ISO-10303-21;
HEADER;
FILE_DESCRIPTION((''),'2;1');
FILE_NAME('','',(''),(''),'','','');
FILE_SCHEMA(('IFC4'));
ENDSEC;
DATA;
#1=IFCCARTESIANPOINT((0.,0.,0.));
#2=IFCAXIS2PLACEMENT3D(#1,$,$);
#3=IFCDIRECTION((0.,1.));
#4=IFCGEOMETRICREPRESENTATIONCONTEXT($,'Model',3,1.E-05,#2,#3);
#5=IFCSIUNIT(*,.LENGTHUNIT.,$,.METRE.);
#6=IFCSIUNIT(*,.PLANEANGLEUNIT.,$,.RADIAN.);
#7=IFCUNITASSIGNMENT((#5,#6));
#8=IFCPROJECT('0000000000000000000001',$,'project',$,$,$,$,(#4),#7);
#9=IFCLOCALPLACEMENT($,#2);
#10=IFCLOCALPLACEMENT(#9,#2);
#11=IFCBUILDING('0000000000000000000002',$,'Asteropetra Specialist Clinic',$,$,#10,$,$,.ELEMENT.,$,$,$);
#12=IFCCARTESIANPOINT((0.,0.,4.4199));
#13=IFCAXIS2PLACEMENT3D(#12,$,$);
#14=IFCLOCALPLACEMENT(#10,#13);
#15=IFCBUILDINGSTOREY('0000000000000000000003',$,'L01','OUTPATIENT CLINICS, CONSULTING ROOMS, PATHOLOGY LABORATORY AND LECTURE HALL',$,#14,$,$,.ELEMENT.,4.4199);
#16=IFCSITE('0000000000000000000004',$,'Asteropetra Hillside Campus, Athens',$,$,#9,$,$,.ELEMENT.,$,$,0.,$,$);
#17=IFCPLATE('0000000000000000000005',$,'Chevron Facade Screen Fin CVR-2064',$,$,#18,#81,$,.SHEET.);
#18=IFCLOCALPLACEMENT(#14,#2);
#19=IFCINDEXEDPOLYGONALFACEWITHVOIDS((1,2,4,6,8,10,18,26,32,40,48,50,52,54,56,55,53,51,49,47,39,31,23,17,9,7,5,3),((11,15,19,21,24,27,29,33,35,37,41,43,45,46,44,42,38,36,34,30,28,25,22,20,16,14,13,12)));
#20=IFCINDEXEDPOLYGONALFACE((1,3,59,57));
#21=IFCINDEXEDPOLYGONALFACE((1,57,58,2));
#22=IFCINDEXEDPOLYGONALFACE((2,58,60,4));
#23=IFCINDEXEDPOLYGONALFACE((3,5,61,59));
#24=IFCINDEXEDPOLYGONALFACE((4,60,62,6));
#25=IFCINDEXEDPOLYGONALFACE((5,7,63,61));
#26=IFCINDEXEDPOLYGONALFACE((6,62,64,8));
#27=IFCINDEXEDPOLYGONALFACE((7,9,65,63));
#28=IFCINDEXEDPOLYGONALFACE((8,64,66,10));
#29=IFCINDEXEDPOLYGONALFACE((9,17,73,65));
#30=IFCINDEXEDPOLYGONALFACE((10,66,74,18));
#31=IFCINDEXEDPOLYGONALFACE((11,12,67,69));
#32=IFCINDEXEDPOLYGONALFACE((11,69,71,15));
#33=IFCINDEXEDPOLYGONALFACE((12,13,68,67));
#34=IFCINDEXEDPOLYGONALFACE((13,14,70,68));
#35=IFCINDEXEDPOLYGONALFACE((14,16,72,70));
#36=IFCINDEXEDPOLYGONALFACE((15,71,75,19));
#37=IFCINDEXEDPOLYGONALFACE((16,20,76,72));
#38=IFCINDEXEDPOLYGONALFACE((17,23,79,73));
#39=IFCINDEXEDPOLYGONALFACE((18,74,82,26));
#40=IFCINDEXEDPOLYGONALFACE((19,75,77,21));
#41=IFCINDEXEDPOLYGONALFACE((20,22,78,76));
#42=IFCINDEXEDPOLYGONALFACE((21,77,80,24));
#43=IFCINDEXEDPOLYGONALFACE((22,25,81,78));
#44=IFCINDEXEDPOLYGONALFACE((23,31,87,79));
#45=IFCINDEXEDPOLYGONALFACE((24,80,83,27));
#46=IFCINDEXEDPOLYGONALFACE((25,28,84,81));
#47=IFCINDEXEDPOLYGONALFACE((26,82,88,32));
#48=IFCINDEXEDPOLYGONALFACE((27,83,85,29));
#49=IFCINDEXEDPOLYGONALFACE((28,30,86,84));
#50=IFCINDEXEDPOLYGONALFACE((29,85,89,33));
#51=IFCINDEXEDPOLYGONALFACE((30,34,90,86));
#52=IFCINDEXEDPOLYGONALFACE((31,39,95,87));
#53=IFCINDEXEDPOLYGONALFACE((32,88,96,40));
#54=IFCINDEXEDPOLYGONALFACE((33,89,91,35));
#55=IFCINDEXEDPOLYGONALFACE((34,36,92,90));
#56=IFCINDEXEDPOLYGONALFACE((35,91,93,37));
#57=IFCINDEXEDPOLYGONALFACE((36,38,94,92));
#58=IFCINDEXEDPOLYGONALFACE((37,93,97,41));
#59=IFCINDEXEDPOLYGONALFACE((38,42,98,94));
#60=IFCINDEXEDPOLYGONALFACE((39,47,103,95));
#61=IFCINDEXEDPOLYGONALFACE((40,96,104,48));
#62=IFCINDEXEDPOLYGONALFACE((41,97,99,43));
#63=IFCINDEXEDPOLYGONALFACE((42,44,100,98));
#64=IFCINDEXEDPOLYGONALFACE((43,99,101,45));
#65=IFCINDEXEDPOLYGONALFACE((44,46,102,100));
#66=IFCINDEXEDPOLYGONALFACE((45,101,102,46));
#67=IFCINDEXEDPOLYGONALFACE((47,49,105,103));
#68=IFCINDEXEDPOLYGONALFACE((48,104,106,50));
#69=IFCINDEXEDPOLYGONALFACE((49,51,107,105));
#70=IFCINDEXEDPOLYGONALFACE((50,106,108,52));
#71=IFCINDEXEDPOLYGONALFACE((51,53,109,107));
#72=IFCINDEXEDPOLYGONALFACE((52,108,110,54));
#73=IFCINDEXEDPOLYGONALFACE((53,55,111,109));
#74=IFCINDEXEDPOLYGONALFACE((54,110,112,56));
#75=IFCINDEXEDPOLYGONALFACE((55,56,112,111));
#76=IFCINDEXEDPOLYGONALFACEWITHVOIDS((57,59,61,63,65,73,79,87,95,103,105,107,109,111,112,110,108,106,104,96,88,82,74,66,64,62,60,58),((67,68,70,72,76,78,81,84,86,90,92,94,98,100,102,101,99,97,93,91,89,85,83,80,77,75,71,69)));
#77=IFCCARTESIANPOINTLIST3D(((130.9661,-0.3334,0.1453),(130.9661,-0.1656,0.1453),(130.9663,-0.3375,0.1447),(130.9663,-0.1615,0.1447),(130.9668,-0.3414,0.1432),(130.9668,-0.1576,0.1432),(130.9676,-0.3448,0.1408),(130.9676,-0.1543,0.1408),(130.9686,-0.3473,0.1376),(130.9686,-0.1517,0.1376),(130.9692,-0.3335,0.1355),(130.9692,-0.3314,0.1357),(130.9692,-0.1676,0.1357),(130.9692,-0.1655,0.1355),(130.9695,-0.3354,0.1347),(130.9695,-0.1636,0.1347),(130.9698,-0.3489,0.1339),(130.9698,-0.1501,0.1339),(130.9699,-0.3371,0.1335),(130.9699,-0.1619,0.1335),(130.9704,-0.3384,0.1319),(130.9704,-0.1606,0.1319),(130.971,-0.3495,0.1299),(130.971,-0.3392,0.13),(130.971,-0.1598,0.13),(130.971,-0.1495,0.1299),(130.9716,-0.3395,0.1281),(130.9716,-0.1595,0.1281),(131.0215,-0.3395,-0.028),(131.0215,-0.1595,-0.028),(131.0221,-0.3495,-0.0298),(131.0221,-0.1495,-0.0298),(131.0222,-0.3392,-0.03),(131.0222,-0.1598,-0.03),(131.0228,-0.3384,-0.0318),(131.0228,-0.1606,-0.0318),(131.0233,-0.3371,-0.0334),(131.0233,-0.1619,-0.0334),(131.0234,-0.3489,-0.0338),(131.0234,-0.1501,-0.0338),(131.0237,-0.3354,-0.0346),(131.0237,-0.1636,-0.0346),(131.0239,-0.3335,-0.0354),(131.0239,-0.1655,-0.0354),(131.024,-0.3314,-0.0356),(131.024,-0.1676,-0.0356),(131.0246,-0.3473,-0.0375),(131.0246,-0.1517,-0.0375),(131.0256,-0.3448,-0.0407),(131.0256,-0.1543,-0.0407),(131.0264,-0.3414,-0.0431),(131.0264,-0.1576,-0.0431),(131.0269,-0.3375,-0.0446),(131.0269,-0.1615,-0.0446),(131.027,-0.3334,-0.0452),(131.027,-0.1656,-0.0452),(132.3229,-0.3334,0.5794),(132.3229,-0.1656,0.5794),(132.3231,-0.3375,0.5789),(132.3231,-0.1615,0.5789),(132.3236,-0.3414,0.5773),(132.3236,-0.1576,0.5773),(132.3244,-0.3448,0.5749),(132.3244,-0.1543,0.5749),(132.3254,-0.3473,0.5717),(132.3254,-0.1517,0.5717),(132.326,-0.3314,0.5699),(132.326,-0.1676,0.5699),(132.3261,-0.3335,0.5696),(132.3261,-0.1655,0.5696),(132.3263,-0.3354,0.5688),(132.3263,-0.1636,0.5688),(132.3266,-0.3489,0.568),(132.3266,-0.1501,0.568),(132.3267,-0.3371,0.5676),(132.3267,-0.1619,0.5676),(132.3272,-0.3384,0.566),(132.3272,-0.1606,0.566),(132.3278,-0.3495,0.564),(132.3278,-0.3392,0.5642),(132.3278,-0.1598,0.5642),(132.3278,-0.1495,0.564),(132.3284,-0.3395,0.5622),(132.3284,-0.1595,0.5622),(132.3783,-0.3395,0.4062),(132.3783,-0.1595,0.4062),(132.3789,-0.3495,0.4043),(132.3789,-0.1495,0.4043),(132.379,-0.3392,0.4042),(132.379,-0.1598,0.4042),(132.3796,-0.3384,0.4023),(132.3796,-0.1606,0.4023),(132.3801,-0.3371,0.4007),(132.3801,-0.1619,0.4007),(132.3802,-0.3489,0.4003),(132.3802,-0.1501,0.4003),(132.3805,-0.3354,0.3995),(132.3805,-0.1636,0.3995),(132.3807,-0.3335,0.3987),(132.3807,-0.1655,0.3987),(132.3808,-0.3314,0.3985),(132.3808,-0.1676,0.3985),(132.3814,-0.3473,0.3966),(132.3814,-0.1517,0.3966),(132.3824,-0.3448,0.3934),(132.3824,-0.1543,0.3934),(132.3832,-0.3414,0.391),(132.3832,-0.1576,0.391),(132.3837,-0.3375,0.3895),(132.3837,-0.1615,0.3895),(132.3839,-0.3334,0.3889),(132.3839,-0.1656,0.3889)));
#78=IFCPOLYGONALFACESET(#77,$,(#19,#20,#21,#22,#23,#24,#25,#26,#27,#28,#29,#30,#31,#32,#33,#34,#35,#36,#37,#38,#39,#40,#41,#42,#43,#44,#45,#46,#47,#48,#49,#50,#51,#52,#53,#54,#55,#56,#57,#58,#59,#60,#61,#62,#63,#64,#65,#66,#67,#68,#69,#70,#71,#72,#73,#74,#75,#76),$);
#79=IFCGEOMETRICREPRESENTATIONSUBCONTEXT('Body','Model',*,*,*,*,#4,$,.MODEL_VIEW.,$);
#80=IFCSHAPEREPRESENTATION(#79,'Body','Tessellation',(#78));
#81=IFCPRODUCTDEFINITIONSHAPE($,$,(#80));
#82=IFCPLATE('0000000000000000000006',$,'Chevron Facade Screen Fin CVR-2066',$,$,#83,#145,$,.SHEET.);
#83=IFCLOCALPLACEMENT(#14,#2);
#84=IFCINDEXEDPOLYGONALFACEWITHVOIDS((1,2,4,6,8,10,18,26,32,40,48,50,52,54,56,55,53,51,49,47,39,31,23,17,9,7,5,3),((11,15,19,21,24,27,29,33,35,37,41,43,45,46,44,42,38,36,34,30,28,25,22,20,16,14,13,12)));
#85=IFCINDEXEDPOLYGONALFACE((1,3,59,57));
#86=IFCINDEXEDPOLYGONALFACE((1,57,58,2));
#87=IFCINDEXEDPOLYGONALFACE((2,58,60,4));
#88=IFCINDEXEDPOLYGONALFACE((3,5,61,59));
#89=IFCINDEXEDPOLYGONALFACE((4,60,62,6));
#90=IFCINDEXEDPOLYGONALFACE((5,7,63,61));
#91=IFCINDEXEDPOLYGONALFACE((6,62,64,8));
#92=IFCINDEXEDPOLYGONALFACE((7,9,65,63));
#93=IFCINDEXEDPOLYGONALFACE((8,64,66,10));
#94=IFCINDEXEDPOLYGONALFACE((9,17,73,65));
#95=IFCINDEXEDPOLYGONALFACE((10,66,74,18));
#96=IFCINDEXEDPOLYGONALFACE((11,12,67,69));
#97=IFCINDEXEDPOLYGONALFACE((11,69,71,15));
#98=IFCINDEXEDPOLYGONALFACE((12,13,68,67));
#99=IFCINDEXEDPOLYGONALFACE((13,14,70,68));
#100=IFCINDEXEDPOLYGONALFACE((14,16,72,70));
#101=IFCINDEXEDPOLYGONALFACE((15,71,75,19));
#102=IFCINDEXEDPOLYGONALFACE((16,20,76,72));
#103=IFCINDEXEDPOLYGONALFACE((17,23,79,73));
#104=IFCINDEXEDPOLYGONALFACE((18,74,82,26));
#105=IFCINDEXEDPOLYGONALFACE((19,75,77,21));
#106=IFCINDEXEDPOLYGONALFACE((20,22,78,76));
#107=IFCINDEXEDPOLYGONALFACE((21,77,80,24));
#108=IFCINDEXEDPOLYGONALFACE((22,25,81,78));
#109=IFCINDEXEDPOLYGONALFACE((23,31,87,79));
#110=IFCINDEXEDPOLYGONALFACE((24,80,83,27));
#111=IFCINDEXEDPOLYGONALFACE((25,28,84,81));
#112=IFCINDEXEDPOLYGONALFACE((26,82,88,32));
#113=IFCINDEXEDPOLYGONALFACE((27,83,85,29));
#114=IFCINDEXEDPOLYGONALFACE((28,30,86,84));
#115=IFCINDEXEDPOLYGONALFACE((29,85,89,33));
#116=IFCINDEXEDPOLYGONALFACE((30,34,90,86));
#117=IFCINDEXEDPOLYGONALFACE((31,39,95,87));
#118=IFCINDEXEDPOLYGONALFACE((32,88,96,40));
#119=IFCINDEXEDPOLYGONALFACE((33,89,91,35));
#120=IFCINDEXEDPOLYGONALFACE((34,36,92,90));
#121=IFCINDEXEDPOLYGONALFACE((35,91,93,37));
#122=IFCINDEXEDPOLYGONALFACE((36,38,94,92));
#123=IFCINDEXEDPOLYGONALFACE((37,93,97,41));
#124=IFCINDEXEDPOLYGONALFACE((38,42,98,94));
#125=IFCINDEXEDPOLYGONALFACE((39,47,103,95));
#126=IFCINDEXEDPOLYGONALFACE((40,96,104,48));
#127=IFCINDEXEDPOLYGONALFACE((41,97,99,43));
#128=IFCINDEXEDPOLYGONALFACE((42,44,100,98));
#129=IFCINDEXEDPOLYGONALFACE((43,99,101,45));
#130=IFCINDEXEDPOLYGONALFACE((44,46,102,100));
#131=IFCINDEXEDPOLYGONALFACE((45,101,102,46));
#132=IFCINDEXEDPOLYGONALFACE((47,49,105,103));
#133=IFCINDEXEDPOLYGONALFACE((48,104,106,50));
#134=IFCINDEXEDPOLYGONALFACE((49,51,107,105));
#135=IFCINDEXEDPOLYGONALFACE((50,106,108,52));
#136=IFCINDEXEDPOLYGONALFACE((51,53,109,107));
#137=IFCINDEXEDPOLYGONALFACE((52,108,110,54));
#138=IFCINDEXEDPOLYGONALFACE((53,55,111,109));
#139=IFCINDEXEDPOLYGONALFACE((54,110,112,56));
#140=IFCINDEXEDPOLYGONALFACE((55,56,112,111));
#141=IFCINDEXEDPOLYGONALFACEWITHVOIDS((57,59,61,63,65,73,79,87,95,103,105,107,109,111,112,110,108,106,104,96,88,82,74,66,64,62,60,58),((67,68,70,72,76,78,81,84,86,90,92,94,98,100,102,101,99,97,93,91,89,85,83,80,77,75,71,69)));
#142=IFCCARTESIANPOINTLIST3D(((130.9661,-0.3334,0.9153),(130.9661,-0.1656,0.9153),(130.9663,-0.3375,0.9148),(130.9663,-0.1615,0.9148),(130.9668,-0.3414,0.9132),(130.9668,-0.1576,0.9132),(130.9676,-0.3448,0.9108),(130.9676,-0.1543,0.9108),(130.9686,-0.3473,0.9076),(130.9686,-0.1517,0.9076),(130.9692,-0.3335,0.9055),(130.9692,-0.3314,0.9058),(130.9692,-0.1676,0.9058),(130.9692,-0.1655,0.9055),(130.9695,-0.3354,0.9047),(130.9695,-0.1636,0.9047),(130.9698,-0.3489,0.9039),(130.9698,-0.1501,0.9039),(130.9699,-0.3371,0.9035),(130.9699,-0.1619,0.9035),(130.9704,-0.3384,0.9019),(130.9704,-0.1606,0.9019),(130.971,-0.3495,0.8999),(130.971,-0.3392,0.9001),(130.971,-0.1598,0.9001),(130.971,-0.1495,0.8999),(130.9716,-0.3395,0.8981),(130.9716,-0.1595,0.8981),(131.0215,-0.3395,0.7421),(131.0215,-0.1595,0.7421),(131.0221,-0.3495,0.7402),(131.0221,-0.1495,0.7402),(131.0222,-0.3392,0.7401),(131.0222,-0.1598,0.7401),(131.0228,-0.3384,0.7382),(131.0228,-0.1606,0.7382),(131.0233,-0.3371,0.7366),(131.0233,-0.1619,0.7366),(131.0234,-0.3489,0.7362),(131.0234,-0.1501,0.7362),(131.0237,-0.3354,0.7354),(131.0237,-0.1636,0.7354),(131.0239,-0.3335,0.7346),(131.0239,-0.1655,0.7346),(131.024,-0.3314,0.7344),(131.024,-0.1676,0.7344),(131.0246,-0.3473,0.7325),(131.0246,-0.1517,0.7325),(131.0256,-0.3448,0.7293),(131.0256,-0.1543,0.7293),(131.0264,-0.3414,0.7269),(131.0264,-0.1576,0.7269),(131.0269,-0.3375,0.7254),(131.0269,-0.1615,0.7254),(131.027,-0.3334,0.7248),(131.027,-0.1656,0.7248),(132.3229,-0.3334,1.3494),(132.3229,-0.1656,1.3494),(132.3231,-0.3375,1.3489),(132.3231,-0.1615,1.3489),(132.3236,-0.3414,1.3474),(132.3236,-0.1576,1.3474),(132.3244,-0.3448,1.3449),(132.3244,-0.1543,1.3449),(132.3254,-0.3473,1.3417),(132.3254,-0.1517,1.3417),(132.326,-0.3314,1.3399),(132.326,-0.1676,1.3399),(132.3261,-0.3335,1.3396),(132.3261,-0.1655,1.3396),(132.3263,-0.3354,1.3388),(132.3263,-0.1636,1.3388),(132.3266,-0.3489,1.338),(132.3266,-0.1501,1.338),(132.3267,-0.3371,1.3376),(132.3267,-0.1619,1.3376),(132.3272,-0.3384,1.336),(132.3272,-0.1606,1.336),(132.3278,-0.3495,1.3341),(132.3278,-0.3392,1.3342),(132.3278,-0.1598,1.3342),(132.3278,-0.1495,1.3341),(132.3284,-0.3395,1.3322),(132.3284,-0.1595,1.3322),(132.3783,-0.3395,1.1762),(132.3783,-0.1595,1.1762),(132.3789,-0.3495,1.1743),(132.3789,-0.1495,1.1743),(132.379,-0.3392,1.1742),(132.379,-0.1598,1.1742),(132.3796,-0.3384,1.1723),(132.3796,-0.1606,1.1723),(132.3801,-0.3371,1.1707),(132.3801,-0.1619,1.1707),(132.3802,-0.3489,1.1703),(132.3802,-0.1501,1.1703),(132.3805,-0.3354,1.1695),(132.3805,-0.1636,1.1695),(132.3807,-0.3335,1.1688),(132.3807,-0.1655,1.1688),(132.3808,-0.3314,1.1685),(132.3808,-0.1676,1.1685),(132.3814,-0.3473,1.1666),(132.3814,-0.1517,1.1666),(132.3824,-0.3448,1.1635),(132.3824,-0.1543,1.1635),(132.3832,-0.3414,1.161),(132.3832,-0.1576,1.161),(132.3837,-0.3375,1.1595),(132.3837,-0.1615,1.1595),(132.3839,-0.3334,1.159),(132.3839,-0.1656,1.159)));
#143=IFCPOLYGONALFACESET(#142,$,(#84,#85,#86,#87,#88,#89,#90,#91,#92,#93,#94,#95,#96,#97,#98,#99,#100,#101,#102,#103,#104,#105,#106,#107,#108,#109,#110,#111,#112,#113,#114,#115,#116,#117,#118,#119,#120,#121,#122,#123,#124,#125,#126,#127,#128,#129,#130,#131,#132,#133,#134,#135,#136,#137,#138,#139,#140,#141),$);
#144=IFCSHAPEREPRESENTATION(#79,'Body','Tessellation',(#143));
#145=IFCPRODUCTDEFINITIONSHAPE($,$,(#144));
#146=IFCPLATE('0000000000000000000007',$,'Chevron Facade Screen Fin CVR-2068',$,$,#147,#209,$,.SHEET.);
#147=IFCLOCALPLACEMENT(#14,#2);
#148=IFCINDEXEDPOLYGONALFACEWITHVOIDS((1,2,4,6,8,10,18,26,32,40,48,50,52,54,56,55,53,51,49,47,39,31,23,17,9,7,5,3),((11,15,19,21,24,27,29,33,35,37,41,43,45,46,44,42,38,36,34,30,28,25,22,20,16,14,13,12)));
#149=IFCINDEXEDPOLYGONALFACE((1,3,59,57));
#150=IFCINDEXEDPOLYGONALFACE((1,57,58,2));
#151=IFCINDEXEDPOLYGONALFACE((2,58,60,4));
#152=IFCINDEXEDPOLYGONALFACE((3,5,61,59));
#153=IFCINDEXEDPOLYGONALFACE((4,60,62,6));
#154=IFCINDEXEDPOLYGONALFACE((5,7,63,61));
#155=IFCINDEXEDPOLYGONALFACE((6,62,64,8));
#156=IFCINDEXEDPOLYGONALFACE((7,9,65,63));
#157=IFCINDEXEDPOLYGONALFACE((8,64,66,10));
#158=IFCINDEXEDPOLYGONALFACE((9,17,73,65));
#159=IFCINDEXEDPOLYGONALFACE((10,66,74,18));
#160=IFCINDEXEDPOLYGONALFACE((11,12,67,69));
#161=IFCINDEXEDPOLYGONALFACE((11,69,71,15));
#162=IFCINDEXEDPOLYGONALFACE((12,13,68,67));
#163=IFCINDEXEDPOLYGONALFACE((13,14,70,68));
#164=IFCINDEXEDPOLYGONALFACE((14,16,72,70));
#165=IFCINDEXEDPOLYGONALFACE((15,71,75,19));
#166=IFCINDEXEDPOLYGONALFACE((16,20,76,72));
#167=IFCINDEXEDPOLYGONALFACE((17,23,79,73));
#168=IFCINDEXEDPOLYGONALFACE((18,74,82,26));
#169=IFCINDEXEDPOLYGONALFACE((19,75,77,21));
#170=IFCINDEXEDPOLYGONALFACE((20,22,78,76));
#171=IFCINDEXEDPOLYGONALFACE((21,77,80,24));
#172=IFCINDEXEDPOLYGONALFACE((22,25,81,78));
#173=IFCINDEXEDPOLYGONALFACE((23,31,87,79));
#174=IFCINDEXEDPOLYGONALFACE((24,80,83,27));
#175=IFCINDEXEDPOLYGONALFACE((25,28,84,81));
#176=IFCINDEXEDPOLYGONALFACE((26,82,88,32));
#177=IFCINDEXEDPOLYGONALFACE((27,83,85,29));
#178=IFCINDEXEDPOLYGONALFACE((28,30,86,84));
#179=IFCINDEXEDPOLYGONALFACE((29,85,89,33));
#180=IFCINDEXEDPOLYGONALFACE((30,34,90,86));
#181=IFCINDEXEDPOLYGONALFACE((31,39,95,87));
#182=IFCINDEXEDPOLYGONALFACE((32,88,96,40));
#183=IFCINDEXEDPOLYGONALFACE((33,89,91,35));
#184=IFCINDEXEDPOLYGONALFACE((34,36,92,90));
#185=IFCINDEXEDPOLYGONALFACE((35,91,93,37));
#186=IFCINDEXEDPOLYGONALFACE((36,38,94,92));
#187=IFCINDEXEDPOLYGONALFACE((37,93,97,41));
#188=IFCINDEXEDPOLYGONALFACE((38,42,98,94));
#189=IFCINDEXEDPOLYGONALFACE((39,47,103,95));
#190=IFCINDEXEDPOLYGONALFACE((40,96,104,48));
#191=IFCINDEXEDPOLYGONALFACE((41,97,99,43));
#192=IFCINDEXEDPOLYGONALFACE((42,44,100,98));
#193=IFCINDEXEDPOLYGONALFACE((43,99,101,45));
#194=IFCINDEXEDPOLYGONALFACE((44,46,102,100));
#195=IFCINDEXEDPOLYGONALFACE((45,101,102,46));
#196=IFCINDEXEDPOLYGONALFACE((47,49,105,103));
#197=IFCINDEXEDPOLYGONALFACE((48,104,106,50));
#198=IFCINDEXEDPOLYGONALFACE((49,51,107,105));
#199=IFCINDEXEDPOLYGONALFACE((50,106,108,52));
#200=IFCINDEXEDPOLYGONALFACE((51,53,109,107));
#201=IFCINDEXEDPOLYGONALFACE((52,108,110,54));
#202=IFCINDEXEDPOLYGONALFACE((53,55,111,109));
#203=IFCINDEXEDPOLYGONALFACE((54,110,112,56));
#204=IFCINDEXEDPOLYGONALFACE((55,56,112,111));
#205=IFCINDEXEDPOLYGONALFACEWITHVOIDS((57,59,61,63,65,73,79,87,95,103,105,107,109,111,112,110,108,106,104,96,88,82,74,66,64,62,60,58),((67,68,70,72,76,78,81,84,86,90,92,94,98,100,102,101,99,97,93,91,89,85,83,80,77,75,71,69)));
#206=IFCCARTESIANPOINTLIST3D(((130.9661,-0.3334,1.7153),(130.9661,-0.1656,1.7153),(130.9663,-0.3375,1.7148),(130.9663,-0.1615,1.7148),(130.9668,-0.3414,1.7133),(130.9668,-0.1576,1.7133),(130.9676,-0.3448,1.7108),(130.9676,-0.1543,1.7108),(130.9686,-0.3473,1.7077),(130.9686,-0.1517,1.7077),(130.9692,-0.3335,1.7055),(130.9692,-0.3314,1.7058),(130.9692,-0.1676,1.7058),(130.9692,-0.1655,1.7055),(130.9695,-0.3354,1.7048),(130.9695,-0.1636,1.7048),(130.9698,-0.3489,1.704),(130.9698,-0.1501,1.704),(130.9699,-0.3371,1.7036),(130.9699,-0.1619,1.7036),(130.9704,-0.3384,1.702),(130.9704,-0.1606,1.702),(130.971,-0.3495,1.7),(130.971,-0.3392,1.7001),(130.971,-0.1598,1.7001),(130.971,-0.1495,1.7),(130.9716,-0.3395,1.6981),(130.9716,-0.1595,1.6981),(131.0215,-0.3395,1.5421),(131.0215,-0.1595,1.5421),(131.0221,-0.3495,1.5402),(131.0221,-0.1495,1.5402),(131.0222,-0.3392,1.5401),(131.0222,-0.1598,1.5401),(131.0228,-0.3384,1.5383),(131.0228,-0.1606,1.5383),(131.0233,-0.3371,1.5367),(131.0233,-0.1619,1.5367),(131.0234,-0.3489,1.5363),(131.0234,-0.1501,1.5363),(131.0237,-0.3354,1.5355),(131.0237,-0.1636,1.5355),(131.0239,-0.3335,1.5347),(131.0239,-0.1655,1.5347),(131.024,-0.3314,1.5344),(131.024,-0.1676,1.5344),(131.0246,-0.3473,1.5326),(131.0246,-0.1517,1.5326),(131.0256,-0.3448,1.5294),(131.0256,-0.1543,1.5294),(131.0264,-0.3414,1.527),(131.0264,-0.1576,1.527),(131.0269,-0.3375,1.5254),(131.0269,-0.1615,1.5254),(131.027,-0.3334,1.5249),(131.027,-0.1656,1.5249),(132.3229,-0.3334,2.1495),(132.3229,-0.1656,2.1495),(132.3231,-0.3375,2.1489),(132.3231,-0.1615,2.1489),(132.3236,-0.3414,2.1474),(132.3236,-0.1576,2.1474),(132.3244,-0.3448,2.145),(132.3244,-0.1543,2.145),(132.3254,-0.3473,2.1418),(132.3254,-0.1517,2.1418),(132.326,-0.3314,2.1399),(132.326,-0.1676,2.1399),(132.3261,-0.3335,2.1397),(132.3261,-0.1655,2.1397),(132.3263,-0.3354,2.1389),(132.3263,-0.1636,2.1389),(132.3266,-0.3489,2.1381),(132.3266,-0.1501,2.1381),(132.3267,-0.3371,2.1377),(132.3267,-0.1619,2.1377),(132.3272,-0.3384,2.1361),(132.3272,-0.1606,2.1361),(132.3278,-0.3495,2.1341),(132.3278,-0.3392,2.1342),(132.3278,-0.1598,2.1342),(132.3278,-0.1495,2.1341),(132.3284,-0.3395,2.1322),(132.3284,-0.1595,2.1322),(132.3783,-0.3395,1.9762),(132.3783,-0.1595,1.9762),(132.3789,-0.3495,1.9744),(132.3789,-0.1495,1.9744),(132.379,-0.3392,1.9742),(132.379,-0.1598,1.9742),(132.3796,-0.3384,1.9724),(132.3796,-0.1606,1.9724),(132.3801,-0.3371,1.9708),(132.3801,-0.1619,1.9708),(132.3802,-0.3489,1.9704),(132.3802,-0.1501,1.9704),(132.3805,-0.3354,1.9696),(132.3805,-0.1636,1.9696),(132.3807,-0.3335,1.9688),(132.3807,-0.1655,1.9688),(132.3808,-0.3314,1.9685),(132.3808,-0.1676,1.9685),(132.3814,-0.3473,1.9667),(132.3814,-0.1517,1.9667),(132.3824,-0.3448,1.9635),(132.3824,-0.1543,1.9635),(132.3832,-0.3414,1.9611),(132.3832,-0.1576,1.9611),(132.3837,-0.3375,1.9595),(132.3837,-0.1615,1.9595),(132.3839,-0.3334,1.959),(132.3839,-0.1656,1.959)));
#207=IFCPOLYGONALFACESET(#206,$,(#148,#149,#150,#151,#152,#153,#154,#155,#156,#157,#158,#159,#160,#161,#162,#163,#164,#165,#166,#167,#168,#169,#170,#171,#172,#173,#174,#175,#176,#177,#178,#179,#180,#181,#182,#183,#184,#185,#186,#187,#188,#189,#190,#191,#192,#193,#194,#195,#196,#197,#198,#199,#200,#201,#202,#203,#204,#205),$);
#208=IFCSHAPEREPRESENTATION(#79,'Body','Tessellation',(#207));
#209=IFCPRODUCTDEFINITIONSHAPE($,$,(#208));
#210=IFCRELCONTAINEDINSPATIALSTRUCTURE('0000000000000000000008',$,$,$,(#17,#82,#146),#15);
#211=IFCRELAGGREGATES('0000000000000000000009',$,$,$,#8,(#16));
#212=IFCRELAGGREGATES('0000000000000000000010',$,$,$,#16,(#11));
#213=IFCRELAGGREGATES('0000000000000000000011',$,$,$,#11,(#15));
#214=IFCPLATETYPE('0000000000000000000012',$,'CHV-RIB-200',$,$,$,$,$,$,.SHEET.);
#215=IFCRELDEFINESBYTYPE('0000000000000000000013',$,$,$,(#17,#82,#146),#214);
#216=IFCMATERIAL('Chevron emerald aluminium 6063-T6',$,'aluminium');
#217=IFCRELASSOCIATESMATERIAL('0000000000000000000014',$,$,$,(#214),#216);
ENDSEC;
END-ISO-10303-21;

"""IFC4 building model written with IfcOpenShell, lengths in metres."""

from ifc_helpers import new_model, si_unit, direction, frame, origin, origin_2d, place, context, subcontext, project, spatial, hollow_rectangle, extrude, material, material_profile, profile_set, type_object, element, save


model = new_model("IFC4")

# Units and contexts
model_context = context("Model", 3, precision=1e-05, world=origin(), true_north=direction((0.0, 1.0)))
body_context = subcontext(model_context, "Body", "Model", "MODEL_VIEW")
ifc_project = project(units=[si_unit("LENGTHUNIT", "METRE"), si_unit("PLANEANGLEUNIT", "RADIAN")], contexts=[model_context])

# Site, building, storey
site_placement = place(None, origin())
site = spatial("IfcSite", under=ifc_project, at=site_placement, Name="Asteropetra Hillside Campus, Athens", CompositionType="ELEMENT", RefElevation=0.0)
building_placement = place(site_placement, origin())
building = spatial("IfcBuilding", under=site, at=building_placement, Name="Asteropetra Specialist Clinic", CompositionType="ELEMENT")
storey_placement = place(building_placement, frame((0.0, 0.0, 4.4199)))
storey = spatial("IfcBuildingStorey", under=building, at=storey_placement, Name="L01", Description="OUTPATIENT CLINICS, CONSULTING ROOMS, PATHOLOGY LABORATORY AND LECTURE HALL", CompositionType="ELEMENT", Elevation=4.4199)

# Plates
ifc_material_1 = material(Name="Chevron emerald aluminium 6063-T6", Category="aluminium")
ifc_material_profile = material_profile(ifc_material_1, hollow_rectangle(XDim=0.2, YDim=0.2, WallThickness=0.01, InnerFilletRadius=0.0081, OuterFilletRadius=0.0161, at=origin_2d()), Name="SHS 200x200x10.0")
ifc_profile_set = profile_set([ifc_material_profile], Name="Chevron emerald aluminium 6063-T6")
plate_type = type_object("IfcPlateType", Name="CHV-RIB-200", PredefinedType="SHEET", material=ifc_profile_set)
for number, where, z_axis, x_axis, name in (
    (1, (130.9966, -0.2495, 0.05), (0.952436, 0.0, 0.304738), (0.0, 1.0, 0.0), "Chevron Facade Screen Fin CVR-2064"),
    (2, (130.9966, -0.2495, 0.8201), (0.952436, 0.0, 0.304738), (0.0, 1.0, 0.0), "Chevron Facade Screen Fin CVR-2066"),
    (3, (130.9966, -0.2495, 1.6201), (0.952436, 0.0, 0.304738), (0.0, 1.0, 0.0), "Chevron Facade Screen Fin CVR-2068"),
):
    element("IfcPlate", number, at=place(storey_placement, frame(where, z_axis=z_axis, x_axis=x_axis)), inside=storey, type_object=plate_type, Name=name, PredefinedType="SHEET", context=body_context, shape_type="SweptSolid", body=[
        extrude(hollow_rectangle(XDim=0.2, YDim=0.2, WallThickness=0.01, InnerFilletRadius=0.0081, OuterFilletRadius=0.0161, at=origin_2d()), origin(), (0.0, 0.0, 1.0), 1.4246),
    ])

save(model, "model.ifc")
